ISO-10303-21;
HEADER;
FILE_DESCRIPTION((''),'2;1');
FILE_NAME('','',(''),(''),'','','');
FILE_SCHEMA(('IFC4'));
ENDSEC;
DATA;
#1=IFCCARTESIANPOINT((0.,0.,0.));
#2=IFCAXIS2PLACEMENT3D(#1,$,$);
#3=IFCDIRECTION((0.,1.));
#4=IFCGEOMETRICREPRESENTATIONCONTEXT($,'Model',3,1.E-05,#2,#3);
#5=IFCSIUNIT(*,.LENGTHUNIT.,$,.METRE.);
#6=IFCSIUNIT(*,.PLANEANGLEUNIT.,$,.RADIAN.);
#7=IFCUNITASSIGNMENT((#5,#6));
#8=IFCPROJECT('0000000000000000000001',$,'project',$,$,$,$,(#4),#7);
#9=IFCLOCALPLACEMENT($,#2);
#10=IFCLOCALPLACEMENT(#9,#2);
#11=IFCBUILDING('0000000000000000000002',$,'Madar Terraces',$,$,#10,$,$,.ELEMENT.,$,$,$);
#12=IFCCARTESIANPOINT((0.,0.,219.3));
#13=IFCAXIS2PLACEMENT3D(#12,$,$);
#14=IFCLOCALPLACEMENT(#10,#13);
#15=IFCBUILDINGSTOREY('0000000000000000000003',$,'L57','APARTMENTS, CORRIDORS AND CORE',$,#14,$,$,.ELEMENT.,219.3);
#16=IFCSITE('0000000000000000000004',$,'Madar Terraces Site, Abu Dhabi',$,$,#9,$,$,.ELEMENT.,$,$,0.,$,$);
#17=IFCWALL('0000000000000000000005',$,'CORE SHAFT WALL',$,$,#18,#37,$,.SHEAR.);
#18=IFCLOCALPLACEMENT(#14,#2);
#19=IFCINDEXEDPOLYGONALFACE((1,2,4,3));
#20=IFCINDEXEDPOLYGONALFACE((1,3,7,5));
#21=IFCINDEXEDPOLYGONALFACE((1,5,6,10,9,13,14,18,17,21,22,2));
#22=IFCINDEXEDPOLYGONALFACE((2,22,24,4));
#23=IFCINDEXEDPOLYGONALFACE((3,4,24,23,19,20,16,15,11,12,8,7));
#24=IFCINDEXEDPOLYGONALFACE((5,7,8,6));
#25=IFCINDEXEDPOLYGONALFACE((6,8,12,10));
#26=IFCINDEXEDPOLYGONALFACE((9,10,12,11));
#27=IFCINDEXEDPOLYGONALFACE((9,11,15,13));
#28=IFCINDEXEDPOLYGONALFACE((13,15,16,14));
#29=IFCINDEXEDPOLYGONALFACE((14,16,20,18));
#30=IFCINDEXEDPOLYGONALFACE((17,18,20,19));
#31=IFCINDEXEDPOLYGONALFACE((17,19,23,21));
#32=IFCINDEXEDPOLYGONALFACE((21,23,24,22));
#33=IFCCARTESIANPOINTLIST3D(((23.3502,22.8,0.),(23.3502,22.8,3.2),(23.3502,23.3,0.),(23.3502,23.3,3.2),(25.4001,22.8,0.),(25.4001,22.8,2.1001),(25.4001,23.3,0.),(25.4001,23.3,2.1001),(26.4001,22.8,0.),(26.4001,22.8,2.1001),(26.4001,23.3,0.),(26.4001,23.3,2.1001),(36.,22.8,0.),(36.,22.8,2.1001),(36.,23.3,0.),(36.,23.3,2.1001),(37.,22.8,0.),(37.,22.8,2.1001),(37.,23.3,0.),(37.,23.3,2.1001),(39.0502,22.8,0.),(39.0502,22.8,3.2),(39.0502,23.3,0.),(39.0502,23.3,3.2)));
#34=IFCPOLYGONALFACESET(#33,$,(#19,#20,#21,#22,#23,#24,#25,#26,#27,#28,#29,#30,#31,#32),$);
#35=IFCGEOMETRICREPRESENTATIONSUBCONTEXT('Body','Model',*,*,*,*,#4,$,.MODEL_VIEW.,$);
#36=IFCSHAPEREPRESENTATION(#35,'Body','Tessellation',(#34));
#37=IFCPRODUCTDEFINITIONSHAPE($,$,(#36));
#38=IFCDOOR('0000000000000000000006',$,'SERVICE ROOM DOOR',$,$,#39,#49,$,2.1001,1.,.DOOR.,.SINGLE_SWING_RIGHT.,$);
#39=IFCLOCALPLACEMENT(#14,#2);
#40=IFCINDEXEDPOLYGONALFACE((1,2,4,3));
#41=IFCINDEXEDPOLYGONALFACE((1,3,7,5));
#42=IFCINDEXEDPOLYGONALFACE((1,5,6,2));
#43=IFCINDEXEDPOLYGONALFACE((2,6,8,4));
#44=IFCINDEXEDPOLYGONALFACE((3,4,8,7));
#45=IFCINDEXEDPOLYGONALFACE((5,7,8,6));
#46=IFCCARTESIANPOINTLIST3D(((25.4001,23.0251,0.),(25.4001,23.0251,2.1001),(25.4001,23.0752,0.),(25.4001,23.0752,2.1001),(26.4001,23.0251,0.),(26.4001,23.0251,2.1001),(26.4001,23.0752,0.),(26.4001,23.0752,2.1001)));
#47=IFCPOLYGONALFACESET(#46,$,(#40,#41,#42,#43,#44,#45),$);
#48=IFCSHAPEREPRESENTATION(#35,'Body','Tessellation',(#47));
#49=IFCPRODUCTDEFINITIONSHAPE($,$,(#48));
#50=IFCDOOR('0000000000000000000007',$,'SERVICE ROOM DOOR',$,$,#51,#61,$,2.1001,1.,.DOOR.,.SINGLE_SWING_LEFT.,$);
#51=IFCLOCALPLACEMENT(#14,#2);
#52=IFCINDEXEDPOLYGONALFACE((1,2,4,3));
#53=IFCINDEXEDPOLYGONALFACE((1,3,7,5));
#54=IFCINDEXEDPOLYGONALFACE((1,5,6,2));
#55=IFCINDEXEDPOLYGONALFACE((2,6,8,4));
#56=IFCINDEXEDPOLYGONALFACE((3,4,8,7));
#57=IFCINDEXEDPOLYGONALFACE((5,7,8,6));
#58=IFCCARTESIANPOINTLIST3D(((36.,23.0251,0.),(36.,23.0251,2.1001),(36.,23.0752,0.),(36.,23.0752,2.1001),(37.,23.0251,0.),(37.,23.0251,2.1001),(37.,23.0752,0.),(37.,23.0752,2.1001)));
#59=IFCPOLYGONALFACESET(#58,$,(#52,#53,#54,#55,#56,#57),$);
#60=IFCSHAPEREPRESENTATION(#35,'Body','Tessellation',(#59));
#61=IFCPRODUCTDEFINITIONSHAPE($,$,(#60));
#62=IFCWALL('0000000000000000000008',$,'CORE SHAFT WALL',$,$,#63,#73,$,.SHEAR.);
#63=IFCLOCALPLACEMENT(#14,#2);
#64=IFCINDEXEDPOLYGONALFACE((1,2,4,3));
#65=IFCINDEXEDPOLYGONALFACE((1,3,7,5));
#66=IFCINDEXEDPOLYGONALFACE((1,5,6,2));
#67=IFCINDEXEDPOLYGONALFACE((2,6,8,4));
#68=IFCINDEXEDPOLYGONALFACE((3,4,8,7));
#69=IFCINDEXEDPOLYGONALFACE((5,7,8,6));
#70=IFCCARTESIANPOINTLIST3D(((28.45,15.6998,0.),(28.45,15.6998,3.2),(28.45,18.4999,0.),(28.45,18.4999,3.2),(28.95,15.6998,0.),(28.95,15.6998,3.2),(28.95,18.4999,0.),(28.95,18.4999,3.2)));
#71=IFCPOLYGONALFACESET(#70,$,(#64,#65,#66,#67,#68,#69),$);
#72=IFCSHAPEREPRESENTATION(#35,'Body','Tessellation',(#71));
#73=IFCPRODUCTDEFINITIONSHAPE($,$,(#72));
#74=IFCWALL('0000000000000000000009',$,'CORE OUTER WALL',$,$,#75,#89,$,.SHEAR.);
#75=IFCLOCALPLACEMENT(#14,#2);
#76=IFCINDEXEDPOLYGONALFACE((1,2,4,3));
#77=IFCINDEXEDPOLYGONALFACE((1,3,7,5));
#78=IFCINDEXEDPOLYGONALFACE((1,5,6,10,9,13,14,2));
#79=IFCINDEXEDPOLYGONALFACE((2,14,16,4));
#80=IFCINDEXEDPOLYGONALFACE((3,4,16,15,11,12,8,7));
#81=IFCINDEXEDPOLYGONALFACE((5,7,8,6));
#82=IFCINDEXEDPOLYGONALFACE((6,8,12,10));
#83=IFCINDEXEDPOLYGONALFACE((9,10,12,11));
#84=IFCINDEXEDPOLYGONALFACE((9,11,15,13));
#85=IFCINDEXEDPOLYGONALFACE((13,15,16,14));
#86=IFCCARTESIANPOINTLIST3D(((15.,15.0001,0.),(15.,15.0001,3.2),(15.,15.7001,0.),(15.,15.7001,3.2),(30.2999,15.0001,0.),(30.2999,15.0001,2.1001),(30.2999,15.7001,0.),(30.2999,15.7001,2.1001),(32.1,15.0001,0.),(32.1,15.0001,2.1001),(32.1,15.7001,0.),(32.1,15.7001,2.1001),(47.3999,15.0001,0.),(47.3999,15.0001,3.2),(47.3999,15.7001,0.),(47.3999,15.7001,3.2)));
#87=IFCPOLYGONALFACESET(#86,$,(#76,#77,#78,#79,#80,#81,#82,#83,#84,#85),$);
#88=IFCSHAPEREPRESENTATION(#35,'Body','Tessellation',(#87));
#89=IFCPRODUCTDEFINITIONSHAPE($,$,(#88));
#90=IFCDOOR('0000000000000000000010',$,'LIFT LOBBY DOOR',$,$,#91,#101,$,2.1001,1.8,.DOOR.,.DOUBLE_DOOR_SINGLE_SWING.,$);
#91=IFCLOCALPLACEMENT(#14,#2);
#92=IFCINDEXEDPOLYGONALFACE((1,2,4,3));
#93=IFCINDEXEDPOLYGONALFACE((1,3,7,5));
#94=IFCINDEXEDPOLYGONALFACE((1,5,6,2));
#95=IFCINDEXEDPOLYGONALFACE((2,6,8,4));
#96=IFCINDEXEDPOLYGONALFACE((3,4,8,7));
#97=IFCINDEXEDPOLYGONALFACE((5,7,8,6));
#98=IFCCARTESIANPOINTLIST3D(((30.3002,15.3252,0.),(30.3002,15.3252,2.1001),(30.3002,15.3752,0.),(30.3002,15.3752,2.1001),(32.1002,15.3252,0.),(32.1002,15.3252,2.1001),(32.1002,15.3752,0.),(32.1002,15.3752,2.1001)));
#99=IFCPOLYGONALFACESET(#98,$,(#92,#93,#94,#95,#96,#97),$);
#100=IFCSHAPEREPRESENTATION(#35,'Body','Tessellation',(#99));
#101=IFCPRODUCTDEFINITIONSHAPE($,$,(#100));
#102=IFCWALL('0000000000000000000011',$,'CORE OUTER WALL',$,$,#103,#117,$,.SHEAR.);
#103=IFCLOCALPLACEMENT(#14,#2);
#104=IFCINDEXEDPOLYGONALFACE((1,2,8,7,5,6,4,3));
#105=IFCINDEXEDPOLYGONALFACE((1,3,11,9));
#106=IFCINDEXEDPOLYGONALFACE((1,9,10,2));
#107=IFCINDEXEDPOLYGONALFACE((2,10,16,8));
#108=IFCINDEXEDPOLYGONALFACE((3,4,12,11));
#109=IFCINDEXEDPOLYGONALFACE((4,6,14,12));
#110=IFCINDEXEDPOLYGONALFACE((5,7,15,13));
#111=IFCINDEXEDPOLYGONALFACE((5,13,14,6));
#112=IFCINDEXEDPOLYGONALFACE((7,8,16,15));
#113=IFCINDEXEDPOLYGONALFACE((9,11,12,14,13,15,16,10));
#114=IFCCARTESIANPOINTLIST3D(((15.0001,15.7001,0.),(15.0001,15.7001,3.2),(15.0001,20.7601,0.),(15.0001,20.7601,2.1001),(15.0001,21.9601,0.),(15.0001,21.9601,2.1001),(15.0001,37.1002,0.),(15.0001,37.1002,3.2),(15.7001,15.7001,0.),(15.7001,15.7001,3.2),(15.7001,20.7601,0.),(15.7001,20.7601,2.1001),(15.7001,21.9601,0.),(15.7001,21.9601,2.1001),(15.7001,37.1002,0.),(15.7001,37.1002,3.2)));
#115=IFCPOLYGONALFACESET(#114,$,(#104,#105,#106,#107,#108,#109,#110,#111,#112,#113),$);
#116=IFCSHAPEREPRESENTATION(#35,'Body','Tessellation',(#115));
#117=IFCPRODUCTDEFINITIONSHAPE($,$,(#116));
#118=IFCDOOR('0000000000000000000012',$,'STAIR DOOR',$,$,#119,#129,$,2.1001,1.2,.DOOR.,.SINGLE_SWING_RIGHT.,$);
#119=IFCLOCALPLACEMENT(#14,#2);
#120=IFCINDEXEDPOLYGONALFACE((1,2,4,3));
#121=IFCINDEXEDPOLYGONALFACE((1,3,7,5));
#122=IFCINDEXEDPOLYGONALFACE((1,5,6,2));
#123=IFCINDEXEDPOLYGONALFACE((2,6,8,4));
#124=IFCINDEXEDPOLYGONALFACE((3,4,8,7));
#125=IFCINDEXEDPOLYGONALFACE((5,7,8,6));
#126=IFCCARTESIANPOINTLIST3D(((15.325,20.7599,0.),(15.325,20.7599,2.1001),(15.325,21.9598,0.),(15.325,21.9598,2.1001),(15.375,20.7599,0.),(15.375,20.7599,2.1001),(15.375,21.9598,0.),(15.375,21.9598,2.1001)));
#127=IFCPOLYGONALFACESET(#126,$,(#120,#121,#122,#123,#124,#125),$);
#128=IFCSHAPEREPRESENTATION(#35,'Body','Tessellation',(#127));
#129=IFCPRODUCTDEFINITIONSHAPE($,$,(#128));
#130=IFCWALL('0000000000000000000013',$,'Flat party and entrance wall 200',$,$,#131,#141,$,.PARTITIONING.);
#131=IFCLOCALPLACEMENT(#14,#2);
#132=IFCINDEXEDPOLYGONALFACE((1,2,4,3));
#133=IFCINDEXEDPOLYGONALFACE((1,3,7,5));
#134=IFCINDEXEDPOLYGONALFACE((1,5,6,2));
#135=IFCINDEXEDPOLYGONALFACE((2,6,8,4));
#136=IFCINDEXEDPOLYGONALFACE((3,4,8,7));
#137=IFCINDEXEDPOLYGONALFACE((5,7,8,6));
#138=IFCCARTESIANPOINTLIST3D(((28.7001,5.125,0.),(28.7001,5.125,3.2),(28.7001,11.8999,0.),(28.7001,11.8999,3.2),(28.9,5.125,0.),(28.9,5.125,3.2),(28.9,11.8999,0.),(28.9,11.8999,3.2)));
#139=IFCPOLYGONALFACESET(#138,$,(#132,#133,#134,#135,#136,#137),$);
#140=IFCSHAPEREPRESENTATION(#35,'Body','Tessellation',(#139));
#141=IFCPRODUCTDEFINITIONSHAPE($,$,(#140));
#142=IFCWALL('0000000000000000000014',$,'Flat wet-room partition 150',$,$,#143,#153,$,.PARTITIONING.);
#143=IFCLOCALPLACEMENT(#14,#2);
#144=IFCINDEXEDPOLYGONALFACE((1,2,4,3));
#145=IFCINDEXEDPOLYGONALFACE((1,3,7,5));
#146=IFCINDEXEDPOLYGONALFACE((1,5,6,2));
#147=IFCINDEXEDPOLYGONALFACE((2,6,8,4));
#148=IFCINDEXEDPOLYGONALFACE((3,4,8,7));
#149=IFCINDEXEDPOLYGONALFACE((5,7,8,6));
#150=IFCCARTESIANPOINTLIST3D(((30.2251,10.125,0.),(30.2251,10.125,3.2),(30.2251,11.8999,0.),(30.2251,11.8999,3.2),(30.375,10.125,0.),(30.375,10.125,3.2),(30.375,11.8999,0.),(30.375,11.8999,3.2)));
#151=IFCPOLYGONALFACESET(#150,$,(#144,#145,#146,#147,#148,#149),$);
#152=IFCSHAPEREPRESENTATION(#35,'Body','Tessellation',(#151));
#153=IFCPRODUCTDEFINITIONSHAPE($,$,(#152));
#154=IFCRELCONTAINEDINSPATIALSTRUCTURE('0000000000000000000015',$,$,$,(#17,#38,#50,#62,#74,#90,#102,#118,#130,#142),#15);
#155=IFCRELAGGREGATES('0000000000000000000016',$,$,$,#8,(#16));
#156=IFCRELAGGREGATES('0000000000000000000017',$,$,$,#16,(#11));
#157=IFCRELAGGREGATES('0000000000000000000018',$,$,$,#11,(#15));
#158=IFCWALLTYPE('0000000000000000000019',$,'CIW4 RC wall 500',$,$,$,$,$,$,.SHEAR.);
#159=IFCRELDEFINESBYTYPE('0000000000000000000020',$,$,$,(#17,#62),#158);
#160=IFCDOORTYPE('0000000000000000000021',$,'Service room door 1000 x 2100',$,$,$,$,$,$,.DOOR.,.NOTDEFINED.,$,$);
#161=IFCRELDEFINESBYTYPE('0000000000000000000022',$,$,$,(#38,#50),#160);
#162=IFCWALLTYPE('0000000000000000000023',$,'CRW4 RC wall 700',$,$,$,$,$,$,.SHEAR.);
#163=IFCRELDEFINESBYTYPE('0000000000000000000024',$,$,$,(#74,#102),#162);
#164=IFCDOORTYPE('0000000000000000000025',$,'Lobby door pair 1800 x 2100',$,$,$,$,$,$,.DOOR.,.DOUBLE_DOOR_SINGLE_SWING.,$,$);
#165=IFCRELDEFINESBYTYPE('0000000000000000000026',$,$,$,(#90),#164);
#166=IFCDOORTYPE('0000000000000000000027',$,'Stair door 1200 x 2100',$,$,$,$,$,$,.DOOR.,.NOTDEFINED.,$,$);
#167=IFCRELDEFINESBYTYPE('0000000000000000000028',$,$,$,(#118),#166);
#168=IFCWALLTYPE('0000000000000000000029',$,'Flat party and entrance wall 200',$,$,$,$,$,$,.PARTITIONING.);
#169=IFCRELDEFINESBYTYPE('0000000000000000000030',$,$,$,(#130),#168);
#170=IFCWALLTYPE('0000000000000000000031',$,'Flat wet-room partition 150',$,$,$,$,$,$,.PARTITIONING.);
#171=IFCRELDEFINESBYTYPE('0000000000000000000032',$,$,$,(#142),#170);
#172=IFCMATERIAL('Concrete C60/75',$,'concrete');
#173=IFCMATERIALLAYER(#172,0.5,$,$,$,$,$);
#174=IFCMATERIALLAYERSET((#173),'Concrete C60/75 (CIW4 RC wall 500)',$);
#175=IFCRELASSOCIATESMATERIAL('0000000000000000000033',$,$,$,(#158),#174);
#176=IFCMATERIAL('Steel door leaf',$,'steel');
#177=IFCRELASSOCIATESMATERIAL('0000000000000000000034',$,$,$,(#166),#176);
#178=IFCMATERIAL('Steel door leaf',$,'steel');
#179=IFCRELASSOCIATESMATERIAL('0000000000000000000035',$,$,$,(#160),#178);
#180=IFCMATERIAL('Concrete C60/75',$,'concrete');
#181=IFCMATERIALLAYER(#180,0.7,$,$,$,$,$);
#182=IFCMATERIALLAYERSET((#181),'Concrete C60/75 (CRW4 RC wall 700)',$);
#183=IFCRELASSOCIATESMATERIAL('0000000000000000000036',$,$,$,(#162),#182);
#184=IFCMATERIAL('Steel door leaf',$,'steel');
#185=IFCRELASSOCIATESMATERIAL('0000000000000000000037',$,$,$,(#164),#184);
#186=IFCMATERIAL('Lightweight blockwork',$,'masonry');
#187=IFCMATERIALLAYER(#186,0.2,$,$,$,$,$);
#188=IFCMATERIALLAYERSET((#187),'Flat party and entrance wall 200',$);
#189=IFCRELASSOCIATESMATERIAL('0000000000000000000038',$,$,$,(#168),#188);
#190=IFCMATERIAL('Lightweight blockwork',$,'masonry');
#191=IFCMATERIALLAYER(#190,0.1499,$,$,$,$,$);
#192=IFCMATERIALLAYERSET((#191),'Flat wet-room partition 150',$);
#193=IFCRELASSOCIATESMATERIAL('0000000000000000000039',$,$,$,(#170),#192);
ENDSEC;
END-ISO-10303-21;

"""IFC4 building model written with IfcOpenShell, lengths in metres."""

from ifc_helpers import new_model, si_unit, direction, frame, frame_2d, origin, place, context, subcontext, project, spatial, rectangle, extrude, material, layer, layer_set, type_object, element, fill, save


model = new_model("IFC4")

# Units and contexts
model_context = context("Model", 3, precision=1e-05, world=origin(), true_north=direction((0.0, 1.0)))
body_context = subcontext(model_context, "Body", "Model", "MODEL_VIEW")
ifc_project = project(units=[si_unit("LENGTHUNIT", "METRE"), si_unit("PLANEANGLEUNIT", "RADIAN")], contexts=[model_context])

# Site, building, storey
site_placement = place(None, origin())
site = spatial("IfcSite", under=ifc_project, at=site_placement, Name="Madar Terraces Site, Abu Dhabi", CompositionType="ELEMENT", RefElevation=0.0)
building_placement = place(site_placement, origin())
building = spatial("IfcBuilding", under=site, at=building_placement, Name="Madar Terraces", CompositionType="ELEMENT")
storey_placement = place(building_placement, frame((0.0, 0.0, 219.3)))
storey = spatial("IfcBuildingStorey", under=building, at=storey_placement, Name="L57", Description="APARTMENTS, CORRIDORS AND CORE", CompositionType="ELEMENT", Elevation=219.3)

# Shared definitions
ifc_material_1 = material(Name="Concrete C60/75", Category="concrete")
ifc_layer_1 = layer(ifc_material_1, 0.5)
ifc_layer_set_1 = layer_set([ifc_layer_1], Name="Concrete C60/75 (CIW4 RC wall 500)")
wall_type_1 = type_object("IfcWallType", Name="CIW4 RC wall 500", PredefinedType="SHEAR", material=ifc_layer_set_1)
ifc_material_2 = material(Name="Steel door leaf", Category="steel")
door_type_1 = type_object("IfcDoorType", Name="Stair door 1200 x 2100", OperationType="NOTDEFINED", PredefinedType="DOOR", material=ifc_material_2)

# Shared definitions
ifc_material_3 = material(Name="Steel door leaf", Category="steel")
door_type_2 = type_object("IfcDoorType", Name="Service room door 1000 x 2100", OperationType="NOTDEFINED", PredefinedType="DOOR", material=ifc_material_3)

# Wall, openings, doors
wall_1_placement = place(storey_placement, frame((23.3501, 23.05, 0.0), z_axis=(0.0, 0.0, 1.0), x_axis=(1.0, 0.0, 0.0)))
wall_1 = element("IfcWall", 1, at=wall_1_placement, inside=storey, type_object=wall_type_1, Name="CORE SHAFT WALL", PredefinedType="SHEAR", context=body_context, shape_type="SweptSolid", body=[
    extrude(rectangle(XDim=15.7, YDim=0.5, at=frame_2d((7.8501, 0.0))), origin(), (0.0, 0.0, 1.0), 3.2),
])
opening_1_placement = place(wall_1_placement, frame((2.05, 0.0, 0.0)))
opening_1 = element("IfcOpeningElement", 2, at=opening_1_placement, cuts=wall_1, PredefinedType="OPENING", context=body_context, shape_type="SweptSolid", body=[
    extrude(rectangle(XDim=1.0, YDim=2.1001, at=frame_2d((0.5, 1.05))), frame((0.0, 0.26, 0.0), z_axis=(0.0, -1.0, 0.0), x_axis=(1.0, 0.0, 0.0)), (0.0, 0.0, 1.0), 0.52),
])
opening_2_placement = place(wall_1_placement, frame((12.6499, 0.0, 0.0)))
opening_2 = element("IfcOpeningElement", 3, at=opening_2_placement, cuts=wall_1, PredefinedType="OPENING", context=body_context, shape_type="SweptSolid", body=[
    extrude(rectangle(XDim=1.0, YDim=2.1001, at=frame_2d((0.5, 1.05))), frame((0.0, 0.26, 0.0), z_axis=(0.0, -1.0, 0.0), x_axis=(1.0, 0.0, 0.0)), (0.0, 0.0, 1.0), 0.52),
])
door_1_placement = place(opening_1_placement, frame((1.0, 0.0, 0.0), z_axis=(0.0, 0.0, 1.0), x_axis=(-1.0, 0.0, 0.0)))
door_1 = element("IfcDoor", 4, at=door_1_placement, inside=storey, type_object=door_type_2, Name="SERVICE ROOM DOOR", OperationType="SINGLE_SWING_RIGHT", OverallHeight=2.1001, OverallWidth=1.0, PredefinedType="DOOR", context=body_context, shape_type="SweptSolid", body=[
    extrude(rectangle(XDim=1.0, YDim=2.1001, at=frame_2d((0.5, 1.05))), frame((0.0, 0.0249, 0.0), z_axis=(0.0, -1.0, 0.0), x_axis=(1.0, 0.0, 0.0)), (0.0, 0.0, 1.0), 0.05),
])
fill(opening_1, door_1)
door_2_placement = place(opening_2_placement, frame((1.0, 0.0, 0.0), z_axis=(0.0, 0.0, 1.0), x_axis=(-1.0, 0.0, 0.0)))
door_2 = element("IfcDoor", 5, at=door_2_placement, inside=storey, type_object=door_type_2, Name="SERVICE ROOM DOOR", OperationType="SINGLE_SWING_LEFT", OverallHeight=2.1001, OverallWidth=1.0, PredefinedType="DOOR", context=body_context, shape_type="SweptSolid", body=[
    extrude(rectangle(XDim=1.0, YDim=2.1001, at=frame_2d((0.5, 1.05))), frame((0.0, 0.0249, 0.0), z_axis=(0.0, -1.0, 0.0), x_axis=(1.0, 0.0, 0.0)), (0.0, 0.0, 1.0), 0.05),
])
fill(opening_2, door_2)

# Wall
wall_2_placement = place(storey_placement, frame((28.7, 15.7, 0.0), z_axis=(0.0, 0.0, 1.0), x_axis=(0.0, 1.0, 0.0)))
element("IfcWall", 6, at=wall_2_placement, inside=storey, type_object=wall_type_1, Name="CORE SHAFT WALL", PredefinedType="SHEAR", context=body_context, shape_type="SweptSolid", body=[
    extrude(rectangle(XDim=2.8, YDim=0.5, at=frame_2d((1.3999, 0.0))), origin(), (0.0, 0.0, 1.0), 3.2),
])

# Walls, openings, doors
ifc_material_4 = material(Name="Concrete C60/75", Category="concrete")
ifc_layer_2 = layer(ifc_material_4, 0.7)
ifc_layer_set_2 = layer_set([ifc_layer_2], Name="Concrete C60/75 (CRW4 RC wall 700)")
wall_type_2 = type_object("IfcWallType", Name="CRW4 RC wall 700", PredefinedType="SHEAR", material=ifc_layer_set_2)
wall_3_placement = place(storey_placement, frame((15.0, 15.3501, 0.0), z_axis=(0.0, 0.0, 1.0), x_axis=(1.0, 0.0, 0.0)))
wall_3 = element("IfcWall", 7, at=wall_3_placement, inside=storey, type_object=wall_type_2, Name="CORE OUTER WALL", PredefinedType="SHEAR", context=body_context, shape_type="SweptSolid", body=[
    extrude(rectangle(XDim=32.3999, YDim=0.7, at=frame_2d((16.2, 0.0))), origin(), (0.0, 0.0, 1.0), 3.2),
])
opening_3_placement = place(wall_3_placement, frame((15.3, 0.0, 0.0)))
opening_3 = element("IfcOpeningElement", 8, at=opening_3_placement, cuts=wall_3, PredefinedType="OPENING", context=body_context, shape_type="SweptSolid", body=[
    extrude(rectangle(XDim=1.8, YDim=2.1001, at=frame_2d((0.8999, 1.05))), frame((0.0, 0.3599, 0.0), z_axis=(0.0, -1.0, 0.0), x_axis=(1.0, 0.0, 0.0)), (0.0, 0.0, 1.0), 0.72),
])
ifc_material_5 = material(Name="Steel door leaf", Category="steel")
door_type_3 = type_object("IfcDoorType", Name="Lobby door pair 1800 x 2100", OperationType="DOUBLE_DOOR_SINGLE_SWING", PredefinedType="DOOR", material=ifc_material_5)
door_3_placement = place(opening_3_placement, frame((1.8, 0.0, 0.0), z_axis=(0.0, 0.0, 1.0), x_axis=(-1.0, 0.0, 0.0)))
door_3 = element("IfcDoor", 9, at=door_3_placement, inside=storey, type_object=door_type_3, Name="LIFT LOBBY DOOR", OperationType="DOUBLE_DOOR_SINGLE_SWING", OverallHeight=2.1001, OverallWidth=1.8, PredefinedType="DOOR", context=body_context, shape_type="SweptSolid", body=[
    extrude(rectangle(XDim=1.8, YDim=2.1001, at=frame_2d((0.8999, 1.05))), frame((0.0, 0.0249, 0.0), z_axis=(0.0, -1.0, 0.0), x_axis=(1.0, 0.0, 0.0)), (0.0, 0.0, 1.0), 0.05),
])
fill(opening_3, door_3)
wall_4_placement = place(storey_placement, frame((15.3501, 15.7, 0.0), z_axis=(0.0, 0.0, 1.0), x_axis=(0.0, 1.0, 0.0)))
wall_4 = element("IfcWall", 10, at=wall_4_placement, inside=storey, type_object=wall_type_2, Name="CORE OUTER WALL", PredefinedType="SHEAR", context=body_context, shape_type="SweptSolid", body=[
    extrude(rectangle(XDim=21.4001, YDim=0.7, at=frame_2d((10.7002, 0.0))), origin(), (0.0, 0.0, 1.0), 3.2),
])
opening_4_placement = place(wall_4_placement, frame((5.0601, 0.0, 0.0)))
opening_4 = element("IfcOpeningElement", 11, at=opening_4_placement, cuts=wall_4, PredefinedType="OPENING", context=body_context, shape_type="SweptSolid", body=[
    extrude(rectangle(XDim=1.2, YDim=2.1001, at=frame_2d((0.6001, 1.05))), frame((0.0, 0.3599, 0.0), z_axis=(0.0, -1.0, 0.0), x_axis=(1.0, 0.0, 0.0)), (0.0, 0.0, 1.0), 0.72),
])
door_4_placement = place(opening_4_placement, frame((1.2, 0.0, 0.0), z_axis=(0.0, 0.0, 1.0), x_axis=(-1.0, 0.0, 0.0)))
door_4 = element("IfcDoor", 12, at=door_4_placement, inside=storey, type_object=door_type_1, Name="STAIR DOOR", OperationType="SINGLE_SWING_RIGHT", OverallHeight=2.1001, OverallWidth=1.2, PredefinedType="DOOR", context=body_context, shape_type="SweptSolid", body=[
    extrude(rectangle(XDim=1.2, YDim=2.1001, at=frame_2d((0.6001, 1.05))), frame((0.0, 0.0249, 0.0), z_axis=(0.0, -1.0, 0.0), x_axis=(1.0, 0.0, 0.0)), (0.0, 0.0, 1.0), 0.05),
])
fill(opening_4, door_4)

# Walls
ifc_material_6 = material(Name="Lightweight blockwork", Category="masonry")
ifc_layer_3 = layer(ifc_material_6, 0.2)
ifc_layer_set_3 = layer_set([ifc_layer_3], Name="Flat party and entrance wall 200")
wall_type_3 = type_object("IfcWallType", Name="Flat party and entrance wall 200", PredefinedType="PARTITIONING", material=ifc_layer_set_3)
wall_5_placement = place(storey_placement, frame((28.8, 11.8999, 0.0), z_axis=(0.0, 0.0, 1.0), x_axis=(0.0, -1.0, 0.0)))
element("IfcWall", 13, at=wall_5_placement, inside=storey, type_object=wall_type_3, Name="Flat party and entrance wall 200", PredefinedType="PARTITIONING", context=body_context, shape_type="SweptSolid", body=[
    extrude(rectangle(XDim=6.7749, YDim=0.2, at=frame_2d((3.3875, 0.0))), origin(), (0.0, 0.0, 1.0), 3.2),
])
ifc_material_7 = material(Name="Lightweight blockwork", Category="masonry")
ifc_layer_4 = layer(ifc_material_7, 0.1499)
ifc_layer_set_4 = layer_set([ifc_layer_4], Name="Flat wet-room partition 150")
wall_type_4 = type_object("IfcWallType", Name="Flat wet-room partition 150", PredefinedType="PARTITIONING", material=ifc_layer_set_4)
wall_6_placement = place(storey_placement, frame((30.3, 11.8999, 0.0), z_axis=(0.0, 0.0, 1.0), x_axis=(0.0, -1.0, 0.0)))
element("IfcWall", 14, at=wall_6_placement, inside=storey, type_object=wall_type_4, Name="Flat wet-room partition 150", PredefinedType="PARTITIONING", context=body_context, shape_type="SweptSolid", body=[
    extrude(rectangle(XDim=1.7749, YDim=0.1499, at=frame_2d((0.8875, 0.0))), origin(), (0.0, 0.0, 1.0), 3.2),
])

save(model, "model.ifc")
